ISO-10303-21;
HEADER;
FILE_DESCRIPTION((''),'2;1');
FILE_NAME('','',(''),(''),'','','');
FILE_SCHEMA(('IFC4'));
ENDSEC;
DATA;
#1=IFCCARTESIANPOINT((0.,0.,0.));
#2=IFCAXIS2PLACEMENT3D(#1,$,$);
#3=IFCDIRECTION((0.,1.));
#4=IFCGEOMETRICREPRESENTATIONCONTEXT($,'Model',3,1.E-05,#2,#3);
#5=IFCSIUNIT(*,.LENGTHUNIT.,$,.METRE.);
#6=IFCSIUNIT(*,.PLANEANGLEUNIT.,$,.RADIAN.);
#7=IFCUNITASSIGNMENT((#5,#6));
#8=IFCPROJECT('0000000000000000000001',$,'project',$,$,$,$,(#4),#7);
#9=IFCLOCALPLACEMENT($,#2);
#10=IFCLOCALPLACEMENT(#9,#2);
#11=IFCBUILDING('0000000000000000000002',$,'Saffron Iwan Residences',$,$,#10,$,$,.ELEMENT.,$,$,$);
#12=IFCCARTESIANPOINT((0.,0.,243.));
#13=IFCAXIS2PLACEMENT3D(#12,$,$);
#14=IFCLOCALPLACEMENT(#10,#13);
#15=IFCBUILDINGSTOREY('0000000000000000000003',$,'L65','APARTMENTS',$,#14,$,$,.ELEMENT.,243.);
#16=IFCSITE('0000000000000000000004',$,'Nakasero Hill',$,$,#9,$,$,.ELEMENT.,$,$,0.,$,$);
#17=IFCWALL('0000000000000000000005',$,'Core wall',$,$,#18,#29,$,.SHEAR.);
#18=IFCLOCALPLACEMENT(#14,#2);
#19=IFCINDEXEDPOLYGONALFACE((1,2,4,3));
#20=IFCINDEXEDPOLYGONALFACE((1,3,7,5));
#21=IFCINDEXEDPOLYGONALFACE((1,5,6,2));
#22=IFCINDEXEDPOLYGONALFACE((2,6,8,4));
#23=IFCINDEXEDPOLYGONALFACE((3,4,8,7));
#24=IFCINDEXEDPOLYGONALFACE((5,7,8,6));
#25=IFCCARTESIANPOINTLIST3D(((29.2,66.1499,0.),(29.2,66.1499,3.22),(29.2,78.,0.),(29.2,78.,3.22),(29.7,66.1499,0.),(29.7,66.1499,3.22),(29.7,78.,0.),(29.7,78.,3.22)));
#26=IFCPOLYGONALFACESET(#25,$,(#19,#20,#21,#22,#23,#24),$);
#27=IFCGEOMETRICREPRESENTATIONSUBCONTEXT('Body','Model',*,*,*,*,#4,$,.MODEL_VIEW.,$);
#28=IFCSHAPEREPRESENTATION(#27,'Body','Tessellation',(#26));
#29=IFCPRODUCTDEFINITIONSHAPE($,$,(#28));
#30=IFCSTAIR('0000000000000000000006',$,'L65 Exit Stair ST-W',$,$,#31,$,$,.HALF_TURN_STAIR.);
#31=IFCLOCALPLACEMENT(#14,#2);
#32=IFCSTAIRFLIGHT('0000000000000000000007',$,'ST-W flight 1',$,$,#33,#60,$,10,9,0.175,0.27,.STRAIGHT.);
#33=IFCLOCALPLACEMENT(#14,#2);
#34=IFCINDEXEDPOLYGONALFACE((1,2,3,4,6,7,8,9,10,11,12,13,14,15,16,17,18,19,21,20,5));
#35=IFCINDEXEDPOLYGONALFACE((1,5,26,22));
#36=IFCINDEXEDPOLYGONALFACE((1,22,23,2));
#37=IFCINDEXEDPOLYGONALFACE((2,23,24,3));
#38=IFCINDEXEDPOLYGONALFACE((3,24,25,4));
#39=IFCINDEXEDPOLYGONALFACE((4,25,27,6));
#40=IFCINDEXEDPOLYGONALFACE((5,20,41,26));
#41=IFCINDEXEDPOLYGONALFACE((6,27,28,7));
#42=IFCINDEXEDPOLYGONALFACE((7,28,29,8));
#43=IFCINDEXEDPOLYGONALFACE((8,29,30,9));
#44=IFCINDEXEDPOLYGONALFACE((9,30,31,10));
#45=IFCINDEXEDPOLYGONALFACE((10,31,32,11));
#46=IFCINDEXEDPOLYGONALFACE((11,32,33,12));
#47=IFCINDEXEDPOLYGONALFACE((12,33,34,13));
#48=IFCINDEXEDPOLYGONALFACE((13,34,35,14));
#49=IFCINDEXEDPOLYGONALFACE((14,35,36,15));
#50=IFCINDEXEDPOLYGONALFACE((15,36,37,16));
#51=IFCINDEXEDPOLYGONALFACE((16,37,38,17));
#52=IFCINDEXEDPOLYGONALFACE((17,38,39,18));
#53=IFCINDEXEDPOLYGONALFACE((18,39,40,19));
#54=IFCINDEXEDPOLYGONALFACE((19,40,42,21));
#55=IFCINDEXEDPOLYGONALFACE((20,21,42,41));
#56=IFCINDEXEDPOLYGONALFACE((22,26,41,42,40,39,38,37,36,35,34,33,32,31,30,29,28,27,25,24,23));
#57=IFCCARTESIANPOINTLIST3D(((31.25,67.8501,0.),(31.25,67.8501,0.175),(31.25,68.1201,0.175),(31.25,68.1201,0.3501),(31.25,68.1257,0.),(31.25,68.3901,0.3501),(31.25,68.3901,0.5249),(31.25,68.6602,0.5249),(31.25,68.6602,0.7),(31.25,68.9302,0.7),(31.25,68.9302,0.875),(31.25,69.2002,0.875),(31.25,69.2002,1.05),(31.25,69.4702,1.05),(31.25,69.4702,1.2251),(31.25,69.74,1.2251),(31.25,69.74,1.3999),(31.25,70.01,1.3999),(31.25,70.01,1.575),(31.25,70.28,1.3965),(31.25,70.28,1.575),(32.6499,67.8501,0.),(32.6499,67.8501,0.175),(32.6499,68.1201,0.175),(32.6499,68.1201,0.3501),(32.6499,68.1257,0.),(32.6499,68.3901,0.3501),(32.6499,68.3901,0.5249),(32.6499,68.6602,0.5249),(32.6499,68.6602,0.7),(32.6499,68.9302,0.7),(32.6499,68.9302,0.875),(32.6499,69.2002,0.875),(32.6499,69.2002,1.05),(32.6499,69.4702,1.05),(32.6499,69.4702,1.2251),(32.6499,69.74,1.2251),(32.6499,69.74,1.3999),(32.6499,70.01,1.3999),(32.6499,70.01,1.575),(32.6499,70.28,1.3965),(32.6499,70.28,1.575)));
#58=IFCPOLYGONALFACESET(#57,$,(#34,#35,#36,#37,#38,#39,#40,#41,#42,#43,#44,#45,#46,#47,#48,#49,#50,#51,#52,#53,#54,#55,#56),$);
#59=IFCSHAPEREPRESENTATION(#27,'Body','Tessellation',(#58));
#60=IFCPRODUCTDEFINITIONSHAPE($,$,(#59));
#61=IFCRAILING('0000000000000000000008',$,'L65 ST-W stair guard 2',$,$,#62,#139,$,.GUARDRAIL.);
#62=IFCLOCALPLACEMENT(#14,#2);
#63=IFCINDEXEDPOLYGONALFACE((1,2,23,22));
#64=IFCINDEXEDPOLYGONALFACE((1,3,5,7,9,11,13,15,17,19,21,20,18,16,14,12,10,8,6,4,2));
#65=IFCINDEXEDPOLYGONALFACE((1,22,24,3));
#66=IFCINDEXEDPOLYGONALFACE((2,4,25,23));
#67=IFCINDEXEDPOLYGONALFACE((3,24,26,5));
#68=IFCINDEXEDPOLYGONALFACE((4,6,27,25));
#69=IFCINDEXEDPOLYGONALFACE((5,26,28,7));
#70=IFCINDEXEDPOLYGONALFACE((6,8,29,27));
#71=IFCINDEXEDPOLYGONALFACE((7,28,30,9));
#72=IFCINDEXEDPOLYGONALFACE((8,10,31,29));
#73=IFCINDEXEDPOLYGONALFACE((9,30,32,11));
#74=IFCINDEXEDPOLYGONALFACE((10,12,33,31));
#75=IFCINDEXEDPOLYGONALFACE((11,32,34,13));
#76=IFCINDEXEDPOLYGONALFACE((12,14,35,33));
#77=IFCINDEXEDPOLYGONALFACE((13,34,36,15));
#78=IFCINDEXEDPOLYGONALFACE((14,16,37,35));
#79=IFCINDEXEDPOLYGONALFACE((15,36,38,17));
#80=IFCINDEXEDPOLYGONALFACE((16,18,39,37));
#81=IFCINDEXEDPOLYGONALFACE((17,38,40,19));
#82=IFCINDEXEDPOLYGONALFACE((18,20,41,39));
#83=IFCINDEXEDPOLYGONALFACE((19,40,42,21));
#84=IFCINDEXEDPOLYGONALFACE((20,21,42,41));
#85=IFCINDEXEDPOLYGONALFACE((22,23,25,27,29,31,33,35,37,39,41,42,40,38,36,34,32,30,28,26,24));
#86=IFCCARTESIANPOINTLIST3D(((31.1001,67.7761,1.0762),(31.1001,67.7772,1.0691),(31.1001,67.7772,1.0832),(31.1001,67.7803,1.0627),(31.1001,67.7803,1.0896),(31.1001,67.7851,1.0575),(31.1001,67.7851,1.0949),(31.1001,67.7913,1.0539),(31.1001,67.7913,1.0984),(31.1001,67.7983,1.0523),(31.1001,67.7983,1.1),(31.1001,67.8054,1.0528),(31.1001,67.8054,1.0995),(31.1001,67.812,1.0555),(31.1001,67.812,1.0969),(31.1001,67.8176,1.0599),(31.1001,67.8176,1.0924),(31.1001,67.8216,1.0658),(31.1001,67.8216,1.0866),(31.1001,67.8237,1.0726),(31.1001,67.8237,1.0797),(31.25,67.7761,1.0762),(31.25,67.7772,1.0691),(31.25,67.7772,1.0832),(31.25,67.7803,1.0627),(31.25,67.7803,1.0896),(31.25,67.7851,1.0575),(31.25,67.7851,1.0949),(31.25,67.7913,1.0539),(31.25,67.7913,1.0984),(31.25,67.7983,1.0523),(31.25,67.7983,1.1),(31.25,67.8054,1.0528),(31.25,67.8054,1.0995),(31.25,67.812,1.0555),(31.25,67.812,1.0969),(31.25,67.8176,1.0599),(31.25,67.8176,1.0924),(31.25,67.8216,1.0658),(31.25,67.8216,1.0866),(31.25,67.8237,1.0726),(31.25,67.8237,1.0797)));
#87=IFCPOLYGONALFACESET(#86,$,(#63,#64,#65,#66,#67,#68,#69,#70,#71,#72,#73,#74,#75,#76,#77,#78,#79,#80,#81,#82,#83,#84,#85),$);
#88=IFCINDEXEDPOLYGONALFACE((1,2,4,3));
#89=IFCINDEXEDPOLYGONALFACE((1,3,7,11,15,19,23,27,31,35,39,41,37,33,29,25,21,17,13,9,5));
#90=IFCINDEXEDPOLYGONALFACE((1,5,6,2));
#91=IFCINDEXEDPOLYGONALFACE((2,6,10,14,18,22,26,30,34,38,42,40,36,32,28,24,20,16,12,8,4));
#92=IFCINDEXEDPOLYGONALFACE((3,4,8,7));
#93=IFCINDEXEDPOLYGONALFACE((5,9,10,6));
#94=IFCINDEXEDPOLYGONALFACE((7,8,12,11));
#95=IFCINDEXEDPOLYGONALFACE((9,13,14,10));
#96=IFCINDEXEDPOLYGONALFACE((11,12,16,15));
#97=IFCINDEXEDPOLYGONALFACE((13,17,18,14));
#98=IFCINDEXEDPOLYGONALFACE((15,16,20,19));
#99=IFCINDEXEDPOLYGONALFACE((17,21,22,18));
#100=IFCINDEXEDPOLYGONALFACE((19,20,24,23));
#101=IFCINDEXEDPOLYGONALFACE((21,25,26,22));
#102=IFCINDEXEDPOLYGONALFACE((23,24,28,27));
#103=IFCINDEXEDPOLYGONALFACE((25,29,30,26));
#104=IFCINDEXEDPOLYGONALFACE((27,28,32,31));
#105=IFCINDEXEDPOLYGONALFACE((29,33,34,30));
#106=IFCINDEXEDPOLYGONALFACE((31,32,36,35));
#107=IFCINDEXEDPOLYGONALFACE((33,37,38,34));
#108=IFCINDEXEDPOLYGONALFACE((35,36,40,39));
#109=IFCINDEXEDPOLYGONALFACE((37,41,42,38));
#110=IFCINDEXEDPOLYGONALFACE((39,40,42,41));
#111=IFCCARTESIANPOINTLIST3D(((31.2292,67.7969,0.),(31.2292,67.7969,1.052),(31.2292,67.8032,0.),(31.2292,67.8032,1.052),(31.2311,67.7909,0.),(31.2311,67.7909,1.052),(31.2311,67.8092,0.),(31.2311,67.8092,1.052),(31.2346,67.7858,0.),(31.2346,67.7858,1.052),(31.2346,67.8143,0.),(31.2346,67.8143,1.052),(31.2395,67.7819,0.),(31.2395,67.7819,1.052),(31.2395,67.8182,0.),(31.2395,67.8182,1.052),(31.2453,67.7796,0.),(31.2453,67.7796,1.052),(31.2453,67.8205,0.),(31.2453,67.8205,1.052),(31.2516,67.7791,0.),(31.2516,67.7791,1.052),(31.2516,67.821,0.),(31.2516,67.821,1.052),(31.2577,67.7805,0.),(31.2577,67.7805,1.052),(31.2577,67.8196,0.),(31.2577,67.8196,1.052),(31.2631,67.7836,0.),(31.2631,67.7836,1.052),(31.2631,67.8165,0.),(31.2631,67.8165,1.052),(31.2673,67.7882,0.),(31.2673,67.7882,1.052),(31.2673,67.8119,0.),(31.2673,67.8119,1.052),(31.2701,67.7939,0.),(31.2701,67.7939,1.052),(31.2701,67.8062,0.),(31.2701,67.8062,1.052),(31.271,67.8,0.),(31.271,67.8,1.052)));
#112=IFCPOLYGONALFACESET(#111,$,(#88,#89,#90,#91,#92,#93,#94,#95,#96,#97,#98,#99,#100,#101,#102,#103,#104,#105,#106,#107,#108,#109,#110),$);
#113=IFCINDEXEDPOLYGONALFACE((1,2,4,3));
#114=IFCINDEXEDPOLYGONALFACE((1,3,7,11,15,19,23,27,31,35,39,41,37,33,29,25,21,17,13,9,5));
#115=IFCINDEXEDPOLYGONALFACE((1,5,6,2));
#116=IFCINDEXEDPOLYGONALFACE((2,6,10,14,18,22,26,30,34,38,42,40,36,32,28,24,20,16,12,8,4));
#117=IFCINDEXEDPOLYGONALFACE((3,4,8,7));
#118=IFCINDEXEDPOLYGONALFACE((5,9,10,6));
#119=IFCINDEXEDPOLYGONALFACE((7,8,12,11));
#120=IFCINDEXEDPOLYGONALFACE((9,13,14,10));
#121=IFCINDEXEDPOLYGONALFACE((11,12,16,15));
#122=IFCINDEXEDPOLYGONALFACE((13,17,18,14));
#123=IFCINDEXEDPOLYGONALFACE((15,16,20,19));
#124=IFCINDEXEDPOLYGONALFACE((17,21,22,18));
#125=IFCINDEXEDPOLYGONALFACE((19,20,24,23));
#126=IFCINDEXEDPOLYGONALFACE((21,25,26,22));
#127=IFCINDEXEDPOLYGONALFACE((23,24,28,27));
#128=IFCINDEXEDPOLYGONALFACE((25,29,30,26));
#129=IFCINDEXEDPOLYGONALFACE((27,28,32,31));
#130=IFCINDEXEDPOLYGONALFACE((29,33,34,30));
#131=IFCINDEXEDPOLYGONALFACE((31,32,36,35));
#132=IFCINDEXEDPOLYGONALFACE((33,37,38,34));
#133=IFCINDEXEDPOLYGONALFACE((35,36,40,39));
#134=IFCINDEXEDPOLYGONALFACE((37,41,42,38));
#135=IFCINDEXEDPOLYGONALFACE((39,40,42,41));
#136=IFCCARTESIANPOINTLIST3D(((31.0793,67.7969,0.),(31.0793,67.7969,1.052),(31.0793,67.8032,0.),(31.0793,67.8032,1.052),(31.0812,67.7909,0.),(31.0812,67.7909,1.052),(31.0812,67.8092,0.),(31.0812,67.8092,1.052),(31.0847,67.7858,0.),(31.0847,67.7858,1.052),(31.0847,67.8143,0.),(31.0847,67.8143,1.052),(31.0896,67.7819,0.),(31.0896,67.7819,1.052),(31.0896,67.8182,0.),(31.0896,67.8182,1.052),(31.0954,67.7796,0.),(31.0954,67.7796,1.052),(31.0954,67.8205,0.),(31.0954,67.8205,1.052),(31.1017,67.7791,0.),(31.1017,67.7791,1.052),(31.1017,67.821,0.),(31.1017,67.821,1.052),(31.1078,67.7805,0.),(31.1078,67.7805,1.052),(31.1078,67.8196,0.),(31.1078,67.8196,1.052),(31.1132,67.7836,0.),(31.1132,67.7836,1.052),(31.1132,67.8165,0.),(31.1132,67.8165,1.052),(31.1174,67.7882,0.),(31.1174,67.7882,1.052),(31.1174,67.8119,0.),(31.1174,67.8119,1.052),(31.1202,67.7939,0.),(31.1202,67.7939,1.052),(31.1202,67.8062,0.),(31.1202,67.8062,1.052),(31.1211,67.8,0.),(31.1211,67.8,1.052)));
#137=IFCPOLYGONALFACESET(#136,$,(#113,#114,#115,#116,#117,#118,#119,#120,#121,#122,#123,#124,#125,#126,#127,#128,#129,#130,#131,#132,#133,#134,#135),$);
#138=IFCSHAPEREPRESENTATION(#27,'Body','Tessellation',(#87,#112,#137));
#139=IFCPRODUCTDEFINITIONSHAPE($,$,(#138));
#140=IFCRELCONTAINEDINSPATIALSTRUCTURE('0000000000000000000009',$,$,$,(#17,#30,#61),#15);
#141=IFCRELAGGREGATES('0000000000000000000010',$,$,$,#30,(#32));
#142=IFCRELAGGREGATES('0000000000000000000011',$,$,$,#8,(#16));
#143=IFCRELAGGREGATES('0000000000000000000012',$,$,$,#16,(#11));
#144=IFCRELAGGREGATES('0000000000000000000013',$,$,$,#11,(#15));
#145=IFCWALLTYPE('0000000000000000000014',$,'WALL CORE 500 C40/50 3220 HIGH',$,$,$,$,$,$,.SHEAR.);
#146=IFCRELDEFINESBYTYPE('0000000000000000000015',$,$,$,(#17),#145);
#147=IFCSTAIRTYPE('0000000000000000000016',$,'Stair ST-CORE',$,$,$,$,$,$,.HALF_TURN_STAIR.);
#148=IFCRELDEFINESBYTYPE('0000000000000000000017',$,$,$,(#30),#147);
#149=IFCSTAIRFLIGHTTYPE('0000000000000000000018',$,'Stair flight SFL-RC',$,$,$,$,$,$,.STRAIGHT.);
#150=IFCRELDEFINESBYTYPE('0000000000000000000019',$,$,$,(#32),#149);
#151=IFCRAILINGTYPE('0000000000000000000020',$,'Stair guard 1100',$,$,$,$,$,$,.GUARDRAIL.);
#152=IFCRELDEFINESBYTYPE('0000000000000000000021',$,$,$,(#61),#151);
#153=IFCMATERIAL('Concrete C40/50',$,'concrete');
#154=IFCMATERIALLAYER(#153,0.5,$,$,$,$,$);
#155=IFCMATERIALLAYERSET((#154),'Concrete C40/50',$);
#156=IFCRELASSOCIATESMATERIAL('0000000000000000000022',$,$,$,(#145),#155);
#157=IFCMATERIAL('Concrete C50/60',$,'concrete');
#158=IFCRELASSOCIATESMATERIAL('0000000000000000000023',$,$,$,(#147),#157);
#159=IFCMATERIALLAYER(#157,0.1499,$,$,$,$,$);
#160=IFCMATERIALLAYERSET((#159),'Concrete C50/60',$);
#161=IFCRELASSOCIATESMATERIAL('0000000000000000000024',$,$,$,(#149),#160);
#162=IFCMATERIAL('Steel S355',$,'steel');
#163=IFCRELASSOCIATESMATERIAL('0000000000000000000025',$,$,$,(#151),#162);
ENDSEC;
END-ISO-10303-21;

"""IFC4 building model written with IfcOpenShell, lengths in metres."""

from ifc_helpers import new_model, si_unit, direction, frame, frame_2d, origin, origin_2d, place, context, subcontext, project, spatial, polyline, rectangle, circle, outline, extrude, material, layer, layer_set, type_object, element, aggregate, save


model = new_model("IFC4")

# Units and contexts
model_context = context("Model", 3, precision=1e-05, world=origin(), true_north=direction((0.0, 1.0)))
body_context = subcontext(model_context, "Body", "Model", "MODEL_VIEW")
ifc_project = project(units=[si_unit("LENGTHUNIT", "METRE"), si_unit("PLANEANGLEUNIT", "RADIAN")], contexts=[model_context])

# Site, building, storey
site_placement = place(None, origin())
site = spatial("IfcSite", under=ifc_project, at=site_placement, Name="Nakasero Hill", CompositionType="ELEMENT", RefElevation=0.0)
building_placement = place(site_placement, origin())
building = spatial("IfcBuilding", under=site, at=building_placement, Name="Saffron Iwan Residences", CompositionType="ELEMENT")
storey_placement = place(building_placement, frame((0.0, 0.0, 243.0)))
storey = spatial("IfcBuildingStorey", under=building, at=storey_placement, Name="L65", Description="APARTMENTS", CompositionType="ELEMENT", Elevation=243.0)

# Shared definitions
ifc_material_1 = material(Name="Concrete C40/50", Category="concrete")

# Wall
ifc_layer_1 = layer(ifc_material_1, 0.5)
ifc_layer_set_1 = layer_set([ifc_layer_1], Name="Concrete C40/50")
wall_type_1 = type_object("IfcWallType", Name="WALL CORE 500 C40/50 3220 HIGH", PredefinedType="SHEAR", material=ifc_layer_set_1)
wall_1_placement = place(storey_placement, frame((29.45, 66.1499, 0.0), z_axis=(0.0, 0.0, 1.0), x_axis=(0.0, 1.0, 0.0)))
element("IfcWall", 1, at=wall_1_placement, inside=storey, type_object=wall_type_1, Name="Core wall", PredefinedType="SHEAR", context=body_context, shape_type="SweptSolid", body=[
    extrude(rectangle(XDim=11.8501, YDim=0.5, at=frame_2d((5.925, 0.0))), origin(), (0.0, 0.0, 1.0), 3.22),
])

# Stair, stair flight
ifc_material_2 = material(Name="Concrete C50/60", Category="concrete")
stair_type = type_object("IfcStairType", Name="Stair ST-CORE", PredefinedType="HALF_TURN_STAIR", material=ifc_material_2)
stair_placement = place(storey_placement, origin())
stair = element("IfcStair", 2, at=stair_placement, inside=storey, type_object=stair_type, Name="L65 Exit Stair ST-W", PredefinedType="HALF_TURN_STAIR")
ifc_layer_2 = layer(ifc_material_2, 0.1499)
ifc_layer_set_2 = layer_set([ifc_layer_2], Name="Concrete C50/60")
stair_flight_type = type_object("IfcStairFlightType", Name="Stair flight SFL-RC", PredefinedType="STRAIGHT", material=ifc_layer_set_2)
stair_flight_placement = place(storey_placement, frame((31.95, 67.8501, 0.0), z_axis=(0.0, 0.0, 1.0), x_axis=(0.0, 1.0, 0.0)))
stair_flight = element("IfcStairFlight", 3, at=stair_flight_placement, type_object=stair_flight_type, Name="ST-W flight 1", NumberOfRisers=10, NumberOfTreads=9, PredefinedType="STRAIGHT", RiserHeight=0.175, TreadLength=0.27, context=body_context, shape_type="SweptSolid", body=[
    extrude(outline(polyline([(0.0, 0.0), (0.0, 0.175), (0.27, 0.175), (0.27, 0.3501), (0.54, 0.3501), (0.54, 0.5249), (0.8101, 0.5249), (0.8101, 0.7), (1.0801, 0.7), (1.0801, 0.875), (1.3501, 0.875), (1.3501, 1.05), (1.6201, 1.05), (1.6201, 1.2251), (1.8899, 1.2251), (1.8899, 1.3999), (2.1599, 1.3999), (2.1599, 1.575), (2.4299, 1.575), (2.4299, 1.75), (2.4299, 1.3965), (0.2756, 0.0), (0.0, 0.0)])), frame((0.0, 0.7, 0.0), z_axis=(0.0, -1.0, 0.0), x_axis=(1.0, 0.0, 0.0)), (0.0, 0.0, 1.0), 1.3999),
])
aggregate(stair, [stair_flight])

# Railing
ifc_material_3 = material(Name="Steel S355", Category="steel")
railing_type_1 = type_object("IfcRailingType", Name="Stair guard 1100", PredefinedType="GUARDRAIL", material=ifc_material_3)
railing_1_placement = place(storey_placement, frame((31.25, 67.8, 0.0)))
element("IfcRailing", 4, at=railing_1_placement, inside=storey, type_object=railing_type_1, Name="L65 ST-W stair guard 2", PredefinedType="GUARDRAIL", context=body_context, shape_type="SweptSolid", body=[
    extrude(circle(Radius=0.0239, at=origin_2d()), frame((0.0, 0.0, 1.0762), z_axis=(-1.0, 0.0, 0.0), x_axis=(0.0, -1.0, 0.0)), (0.0, 0.0, 1.0), 0.1499),
    extrude(circle(Radius=0.021, at=origin_2d()), origin(), (0.0, 0.0, 1.0), 1.052),
    extrude(circle(Radius=0.021, at=origin_2d()), frame((-0.1499, 0.0, 0.0)), (0.0, 0.0, 1.0), 1.052),
])

save(model, "model.ifc")
